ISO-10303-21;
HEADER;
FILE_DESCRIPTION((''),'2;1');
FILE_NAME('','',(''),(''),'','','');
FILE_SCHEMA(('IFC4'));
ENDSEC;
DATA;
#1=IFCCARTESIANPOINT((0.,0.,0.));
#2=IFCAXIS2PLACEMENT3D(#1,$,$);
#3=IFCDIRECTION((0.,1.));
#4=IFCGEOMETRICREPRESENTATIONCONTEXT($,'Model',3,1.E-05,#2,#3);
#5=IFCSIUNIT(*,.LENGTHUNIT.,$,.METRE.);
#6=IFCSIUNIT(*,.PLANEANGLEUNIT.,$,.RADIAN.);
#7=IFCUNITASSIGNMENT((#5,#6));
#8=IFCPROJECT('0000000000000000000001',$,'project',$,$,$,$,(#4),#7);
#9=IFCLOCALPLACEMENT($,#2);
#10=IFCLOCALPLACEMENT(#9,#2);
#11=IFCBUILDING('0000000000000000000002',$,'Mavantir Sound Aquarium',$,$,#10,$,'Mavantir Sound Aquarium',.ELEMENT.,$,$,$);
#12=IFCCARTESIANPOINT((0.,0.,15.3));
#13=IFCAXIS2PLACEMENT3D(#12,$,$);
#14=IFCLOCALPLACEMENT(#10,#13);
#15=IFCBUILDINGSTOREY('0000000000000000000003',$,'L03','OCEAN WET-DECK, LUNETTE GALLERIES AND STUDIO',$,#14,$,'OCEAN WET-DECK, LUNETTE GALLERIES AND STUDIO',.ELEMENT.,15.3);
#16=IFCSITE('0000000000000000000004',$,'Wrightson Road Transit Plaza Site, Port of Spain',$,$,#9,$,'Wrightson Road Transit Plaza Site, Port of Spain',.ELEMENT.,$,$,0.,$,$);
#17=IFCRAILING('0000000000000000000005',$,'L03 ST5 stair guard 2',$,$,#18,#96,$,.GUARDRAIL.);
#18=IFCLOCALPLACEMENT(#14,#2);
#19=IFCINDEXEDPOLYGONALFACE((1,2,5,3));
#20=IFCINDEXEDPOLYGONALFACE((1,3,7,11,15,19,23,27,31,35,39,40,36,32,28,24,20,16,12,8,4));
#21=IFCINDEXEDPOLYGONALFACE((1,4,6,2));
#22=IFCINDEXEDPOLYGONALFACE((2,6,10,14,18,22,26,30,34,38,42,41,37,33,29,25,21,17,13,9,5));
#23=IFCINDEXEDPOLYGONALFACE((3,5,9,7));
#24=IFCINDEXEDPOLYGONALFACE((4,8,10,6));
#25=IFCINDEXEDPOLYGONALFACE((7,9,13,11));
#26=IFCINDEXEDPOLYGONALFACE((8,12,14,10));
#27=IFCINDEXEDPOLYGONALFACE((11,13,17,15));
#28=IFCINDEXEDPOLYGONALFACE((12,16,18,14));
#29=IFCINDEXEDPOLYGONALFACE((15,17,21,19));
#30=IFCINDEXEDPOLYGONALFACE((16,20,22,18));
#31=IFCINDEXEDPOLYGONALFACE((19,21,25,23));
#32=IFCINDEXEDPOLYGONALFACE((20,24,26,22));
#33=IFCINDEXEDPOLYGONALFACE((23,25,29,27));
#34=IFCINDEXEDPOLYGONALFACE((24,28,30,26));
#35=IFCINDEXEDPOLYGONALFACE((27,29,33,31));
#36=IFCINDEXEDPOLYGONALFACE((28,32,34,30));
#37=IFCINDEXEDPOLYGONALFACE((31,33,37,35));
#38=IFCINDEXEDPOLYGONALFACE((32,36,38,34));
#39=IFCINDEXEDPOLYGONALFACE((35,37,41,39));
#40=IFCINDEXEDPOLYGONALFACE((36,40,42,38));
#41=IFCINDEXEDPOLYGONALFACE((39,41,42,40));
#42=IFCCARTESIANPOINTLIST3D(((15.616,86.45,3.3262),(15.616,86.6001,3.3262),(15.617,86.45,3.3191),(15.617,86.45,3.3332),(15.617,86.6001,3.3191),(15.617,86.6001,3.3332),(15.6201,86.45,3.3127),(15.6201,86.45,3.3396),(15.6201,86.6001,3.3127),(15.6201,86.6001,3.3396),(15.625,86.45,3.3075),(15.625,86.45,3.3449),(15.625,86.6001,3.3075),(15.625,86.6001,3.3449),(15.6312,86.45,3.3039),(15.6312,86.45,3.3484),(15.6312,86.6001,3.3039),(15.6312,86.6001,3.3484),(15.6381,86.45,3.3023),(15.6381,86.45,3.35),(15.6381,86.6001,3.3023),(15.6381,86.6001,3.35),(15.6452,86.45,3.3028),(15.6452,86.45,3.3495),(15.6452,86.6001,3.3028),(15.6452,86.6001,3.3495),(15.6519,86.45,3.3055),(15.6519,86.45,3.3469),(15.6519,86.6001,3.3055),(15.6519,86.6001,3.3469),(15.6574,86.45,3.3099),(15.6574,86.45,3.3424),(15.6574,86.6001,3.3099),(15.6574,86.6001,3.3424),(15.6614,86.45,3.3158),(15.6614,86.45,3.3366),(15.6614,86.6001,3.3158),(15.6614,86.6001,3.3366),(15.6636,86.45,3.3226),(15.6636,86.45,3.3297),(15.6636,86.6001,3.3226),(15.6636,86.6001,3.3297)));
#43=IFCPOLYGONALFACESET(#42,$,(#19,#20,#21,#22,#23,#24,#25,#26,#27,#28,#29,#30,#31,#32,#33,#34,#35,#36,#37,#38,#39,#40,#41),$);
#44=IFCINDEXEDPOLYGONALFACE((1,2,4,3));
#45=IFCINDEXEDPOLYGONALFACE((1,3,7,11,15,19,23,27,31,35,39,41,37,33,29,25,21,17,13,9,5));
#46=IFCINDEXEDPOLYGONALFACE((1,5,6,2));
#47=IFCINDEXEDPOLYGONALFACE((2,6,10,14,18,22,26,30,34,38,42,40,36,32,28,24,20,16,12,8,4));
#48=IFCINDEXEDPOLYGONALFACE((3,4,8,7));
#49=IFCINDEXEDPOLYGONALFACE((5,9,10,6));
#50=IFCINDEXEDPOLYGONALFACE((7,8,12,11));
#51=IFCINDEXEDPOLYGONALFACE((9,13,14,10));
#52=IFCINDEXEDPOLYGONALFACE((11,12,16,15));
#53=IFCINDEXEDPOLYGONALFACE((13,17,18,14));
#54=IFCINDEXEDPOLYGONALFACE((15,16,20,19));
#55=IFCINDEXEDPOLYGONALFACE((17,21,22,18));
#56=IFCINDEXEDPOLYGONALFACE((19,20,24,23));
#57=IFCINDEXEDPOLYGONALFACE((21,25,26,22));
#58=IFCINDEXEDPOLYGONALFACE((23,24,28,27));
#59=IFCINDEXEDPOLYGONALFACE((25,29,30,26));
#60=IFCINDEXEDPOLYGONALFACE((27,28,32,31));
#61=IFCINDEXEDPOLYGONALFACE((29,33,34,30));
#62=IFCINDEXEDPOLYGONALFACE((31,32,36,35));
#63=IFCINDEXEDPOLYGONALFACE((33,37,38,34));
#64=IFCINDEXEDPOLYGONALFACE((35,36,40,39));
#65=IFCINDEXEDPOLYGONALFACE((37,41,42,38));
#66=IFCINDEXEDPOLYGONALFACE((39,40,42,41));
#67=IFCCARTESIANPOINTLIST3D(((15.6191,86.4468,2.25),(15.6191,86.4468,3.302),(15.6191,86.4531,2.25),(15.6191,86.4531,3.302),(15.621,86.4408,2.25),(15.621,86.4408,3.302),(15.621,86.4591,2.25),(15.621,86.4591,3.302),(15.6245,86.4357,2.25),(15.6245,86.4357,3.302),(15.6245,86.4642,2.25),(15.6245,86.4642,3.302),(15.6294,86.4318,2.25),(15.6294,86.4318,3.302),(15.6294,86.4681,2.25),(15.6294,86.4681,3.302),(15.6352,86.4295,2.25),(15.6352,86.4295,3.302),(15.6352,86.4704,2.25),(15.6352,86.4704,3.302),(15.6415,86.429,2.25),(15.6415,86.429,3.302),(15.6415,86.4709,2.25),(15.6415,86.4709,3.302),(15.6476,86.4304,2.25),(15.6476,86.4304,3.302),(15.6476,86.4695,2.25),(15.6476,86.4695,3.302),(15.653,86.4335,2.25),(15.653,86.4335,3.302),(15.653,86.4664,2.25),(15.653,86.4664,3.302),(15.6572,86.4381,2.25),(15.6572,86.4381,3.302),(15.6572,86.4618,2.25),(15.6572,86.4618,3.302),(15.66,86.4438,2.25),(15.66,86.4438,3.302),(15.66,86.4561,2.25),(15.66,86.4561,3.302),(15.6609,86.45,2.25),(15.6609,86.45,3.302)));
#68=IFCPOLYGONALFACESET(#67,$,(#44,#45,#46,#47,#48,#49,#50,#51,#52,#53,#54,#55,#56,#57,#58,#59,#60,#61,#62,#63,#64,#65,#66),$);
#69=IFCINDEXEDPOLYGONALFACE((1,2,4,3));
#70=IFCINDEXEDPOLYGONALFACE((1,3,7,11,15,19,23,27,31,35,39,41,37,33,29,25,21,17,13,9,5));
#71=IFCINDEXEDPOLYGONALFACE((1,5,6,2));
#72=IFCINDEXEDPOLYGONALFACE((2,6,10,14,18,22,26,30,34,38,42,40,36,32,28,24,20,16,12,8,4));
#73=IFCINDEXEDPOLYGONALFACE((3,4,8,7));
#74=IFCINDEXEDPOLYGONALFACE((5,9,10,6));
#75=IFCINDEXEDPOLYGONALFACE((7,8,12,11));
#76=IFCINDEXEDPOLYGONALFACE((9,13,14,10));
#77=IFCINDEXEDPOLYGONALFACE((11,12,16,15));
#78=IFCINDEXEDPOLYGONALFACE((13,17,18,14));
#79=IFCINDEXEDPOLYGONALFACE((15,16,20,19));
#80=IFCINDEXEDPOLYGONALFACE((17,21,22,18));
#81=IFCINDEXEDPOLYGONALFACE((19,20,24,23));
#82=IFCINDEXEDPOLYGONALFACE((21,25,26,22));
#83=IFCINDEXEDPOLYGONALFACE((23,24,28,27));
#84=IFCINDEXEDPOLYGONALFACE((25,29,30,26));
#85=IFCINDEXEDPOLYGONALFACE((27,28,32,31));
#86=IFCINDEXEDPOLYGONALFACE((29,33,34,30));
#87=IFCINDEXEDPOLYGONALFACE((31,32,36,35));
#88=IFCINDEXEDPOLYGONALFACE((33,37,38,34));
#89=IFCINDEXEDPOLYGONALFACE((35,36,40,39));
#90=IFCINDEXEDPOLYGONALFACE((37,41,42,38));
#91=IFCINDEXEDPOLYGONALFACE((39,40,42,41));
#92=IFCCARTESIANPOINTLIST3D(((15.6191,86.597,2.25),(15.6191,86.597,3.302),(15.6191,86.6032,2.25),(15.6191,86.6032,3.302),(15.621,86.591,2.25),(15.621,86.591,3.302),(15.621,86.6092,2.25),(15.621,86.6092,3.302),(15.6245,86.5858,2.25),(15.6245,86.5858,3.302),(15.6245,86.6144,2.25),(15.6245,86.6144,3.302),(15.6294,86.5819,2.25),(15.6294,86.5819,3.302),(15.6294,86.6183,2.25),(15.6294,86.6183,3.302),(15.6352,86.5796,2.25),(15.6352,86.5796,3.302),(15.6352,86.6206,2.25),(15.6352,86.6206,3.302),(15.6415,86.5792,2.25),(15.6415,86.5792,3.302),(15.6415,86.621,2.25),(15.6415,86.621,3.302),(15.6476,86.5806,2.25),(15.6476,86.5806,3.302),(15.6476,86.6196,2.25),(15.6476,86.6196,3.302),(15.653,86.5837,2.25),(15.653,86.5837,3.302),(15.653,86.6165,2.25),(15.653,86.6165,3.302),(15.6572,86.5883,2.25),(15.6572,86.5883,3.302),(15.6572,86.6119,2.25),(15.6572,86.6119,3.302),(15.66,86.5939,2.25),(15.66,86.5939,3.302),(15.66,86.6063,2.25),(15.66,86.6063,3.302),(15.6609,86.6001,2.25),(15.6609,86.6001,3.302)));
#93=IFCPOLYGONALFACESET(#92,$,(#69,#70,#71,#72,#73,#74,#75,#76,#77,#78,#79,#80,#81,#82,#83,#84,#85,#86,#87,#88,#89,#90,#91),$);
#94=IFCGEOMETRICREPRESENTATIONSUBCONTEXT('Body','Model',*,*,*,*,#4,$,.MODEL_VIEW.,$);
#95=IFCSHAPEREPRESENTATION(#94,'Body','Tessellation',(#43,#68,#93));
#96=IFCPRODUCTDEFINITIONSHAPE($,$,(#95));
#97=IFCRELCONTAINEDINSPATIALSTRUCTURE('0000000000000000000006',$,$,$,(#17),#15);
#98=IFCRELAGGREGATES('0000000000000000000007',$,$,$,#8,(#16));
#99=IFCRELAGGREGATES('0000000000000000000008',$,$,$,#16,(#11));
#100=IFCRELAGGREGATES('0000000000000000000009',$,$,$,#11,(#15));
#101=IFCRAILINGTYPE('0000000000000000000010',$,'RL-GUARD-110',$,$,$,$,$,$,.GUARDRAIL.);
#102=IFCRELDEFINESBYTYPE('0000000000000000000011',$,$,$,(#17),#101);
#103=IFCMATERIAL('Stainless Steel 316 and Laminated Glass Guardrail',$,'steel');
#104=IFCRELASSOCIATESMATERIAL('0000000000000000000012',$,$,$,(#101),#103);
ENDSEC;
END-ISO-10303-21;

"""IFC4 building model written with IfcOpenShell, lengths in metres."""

from ifc_helpers import new_model, si_unit, direction, frame, origin, origin_2d, place, context, subcontext, project, spatial, circle, extrude, material, type_object, element, save


model = new_model("IFC4")

# Units and contexts
model_context = context("Model", 3, precision=1e-05, world=origin(), true_north=direction((0.0, 1.0)))
body_context = subcontext(model_context, "Body", "Model", "MODEL_VIEW")
ifc_project = project(units=[si_unit("LENGTHUNIT", "METRE"), si_unit("PLANEANGLEUNIT", "RADIAN")], contexts=[model_context])

# Site, building, storey
site_placement = place(None, origin())
site = spatial("IfcSite", under=ifc_project, at=site_placement, Name="Wrightson Road Transit Plaza Site, Port of Spain", LongName="Wrightson Road Transit Plaza Site, Port of Spain", CompositionType="ELEMENT", RefElevation=0.0)
building_placement = place(site_placement, origin())
building = spatial("IfcBuilding", under=site, at=building_placement, Name="Mavantir Sound Aquarium", LongName="Mavantir Sound Aquarium", CompositionType="ELEMENT")
storey_placement = place(building_placement, frame((0.0, 0.0, 15.3)))
storey = spatial("IfcBuildingStorey", under=building, at=storey_placement, Name="L03", Description="OCEAN WET-DECK, LUNETTE GALLERIES AND STUDIO", LongName="OCEAN WET-DECK, LUNETTE GALLERIES AND STUDIO", CompositionType="ELEMENT", Elevation=15.3)

# Railing
ifc_material_1 = material(Name="Stainless Steel 316 and Laminated Glass Guardrail", Category="steel")
railing_type_1 = type_object("IfcRailingType", Name="RL-GUARD-110", PredefinedType="GUARDRAIL", material=ifc_material_1)
railing_1_placement = place(storey_placement, frame((15.6399, 86.45, 2.25)))
element("IfcRailing", 1, at=railing_1_placement, inside=storey, type_object=railing_type_1, Name="L03 ST5 stair guard 2", PredefinedType="GUARDRAIL", context=body_context, shape_type="SweptSolid", body=[
    extrude(circle(Radius=0.0239, at=origin_2d()), frame((0.0, 0.0, 1.0762), z_axis=(0.0, 1.0, 0.0), x_axis=(-1.0, 0.0, 0.0)), (0.0, 0.0, 1.0), 0.1501),
    extrude(circle(Radius=0.021, at=origin_2d()), origin(), (0.0, 0.0, 1.0), 1.052),
    extrude(circle(Radius=0.021, at=origin_2d()), frame((0.0, 0.1501, 0.0)), (0.0, 0.0, 1.0), 1.052),
])

save(model, "model.ifc")
